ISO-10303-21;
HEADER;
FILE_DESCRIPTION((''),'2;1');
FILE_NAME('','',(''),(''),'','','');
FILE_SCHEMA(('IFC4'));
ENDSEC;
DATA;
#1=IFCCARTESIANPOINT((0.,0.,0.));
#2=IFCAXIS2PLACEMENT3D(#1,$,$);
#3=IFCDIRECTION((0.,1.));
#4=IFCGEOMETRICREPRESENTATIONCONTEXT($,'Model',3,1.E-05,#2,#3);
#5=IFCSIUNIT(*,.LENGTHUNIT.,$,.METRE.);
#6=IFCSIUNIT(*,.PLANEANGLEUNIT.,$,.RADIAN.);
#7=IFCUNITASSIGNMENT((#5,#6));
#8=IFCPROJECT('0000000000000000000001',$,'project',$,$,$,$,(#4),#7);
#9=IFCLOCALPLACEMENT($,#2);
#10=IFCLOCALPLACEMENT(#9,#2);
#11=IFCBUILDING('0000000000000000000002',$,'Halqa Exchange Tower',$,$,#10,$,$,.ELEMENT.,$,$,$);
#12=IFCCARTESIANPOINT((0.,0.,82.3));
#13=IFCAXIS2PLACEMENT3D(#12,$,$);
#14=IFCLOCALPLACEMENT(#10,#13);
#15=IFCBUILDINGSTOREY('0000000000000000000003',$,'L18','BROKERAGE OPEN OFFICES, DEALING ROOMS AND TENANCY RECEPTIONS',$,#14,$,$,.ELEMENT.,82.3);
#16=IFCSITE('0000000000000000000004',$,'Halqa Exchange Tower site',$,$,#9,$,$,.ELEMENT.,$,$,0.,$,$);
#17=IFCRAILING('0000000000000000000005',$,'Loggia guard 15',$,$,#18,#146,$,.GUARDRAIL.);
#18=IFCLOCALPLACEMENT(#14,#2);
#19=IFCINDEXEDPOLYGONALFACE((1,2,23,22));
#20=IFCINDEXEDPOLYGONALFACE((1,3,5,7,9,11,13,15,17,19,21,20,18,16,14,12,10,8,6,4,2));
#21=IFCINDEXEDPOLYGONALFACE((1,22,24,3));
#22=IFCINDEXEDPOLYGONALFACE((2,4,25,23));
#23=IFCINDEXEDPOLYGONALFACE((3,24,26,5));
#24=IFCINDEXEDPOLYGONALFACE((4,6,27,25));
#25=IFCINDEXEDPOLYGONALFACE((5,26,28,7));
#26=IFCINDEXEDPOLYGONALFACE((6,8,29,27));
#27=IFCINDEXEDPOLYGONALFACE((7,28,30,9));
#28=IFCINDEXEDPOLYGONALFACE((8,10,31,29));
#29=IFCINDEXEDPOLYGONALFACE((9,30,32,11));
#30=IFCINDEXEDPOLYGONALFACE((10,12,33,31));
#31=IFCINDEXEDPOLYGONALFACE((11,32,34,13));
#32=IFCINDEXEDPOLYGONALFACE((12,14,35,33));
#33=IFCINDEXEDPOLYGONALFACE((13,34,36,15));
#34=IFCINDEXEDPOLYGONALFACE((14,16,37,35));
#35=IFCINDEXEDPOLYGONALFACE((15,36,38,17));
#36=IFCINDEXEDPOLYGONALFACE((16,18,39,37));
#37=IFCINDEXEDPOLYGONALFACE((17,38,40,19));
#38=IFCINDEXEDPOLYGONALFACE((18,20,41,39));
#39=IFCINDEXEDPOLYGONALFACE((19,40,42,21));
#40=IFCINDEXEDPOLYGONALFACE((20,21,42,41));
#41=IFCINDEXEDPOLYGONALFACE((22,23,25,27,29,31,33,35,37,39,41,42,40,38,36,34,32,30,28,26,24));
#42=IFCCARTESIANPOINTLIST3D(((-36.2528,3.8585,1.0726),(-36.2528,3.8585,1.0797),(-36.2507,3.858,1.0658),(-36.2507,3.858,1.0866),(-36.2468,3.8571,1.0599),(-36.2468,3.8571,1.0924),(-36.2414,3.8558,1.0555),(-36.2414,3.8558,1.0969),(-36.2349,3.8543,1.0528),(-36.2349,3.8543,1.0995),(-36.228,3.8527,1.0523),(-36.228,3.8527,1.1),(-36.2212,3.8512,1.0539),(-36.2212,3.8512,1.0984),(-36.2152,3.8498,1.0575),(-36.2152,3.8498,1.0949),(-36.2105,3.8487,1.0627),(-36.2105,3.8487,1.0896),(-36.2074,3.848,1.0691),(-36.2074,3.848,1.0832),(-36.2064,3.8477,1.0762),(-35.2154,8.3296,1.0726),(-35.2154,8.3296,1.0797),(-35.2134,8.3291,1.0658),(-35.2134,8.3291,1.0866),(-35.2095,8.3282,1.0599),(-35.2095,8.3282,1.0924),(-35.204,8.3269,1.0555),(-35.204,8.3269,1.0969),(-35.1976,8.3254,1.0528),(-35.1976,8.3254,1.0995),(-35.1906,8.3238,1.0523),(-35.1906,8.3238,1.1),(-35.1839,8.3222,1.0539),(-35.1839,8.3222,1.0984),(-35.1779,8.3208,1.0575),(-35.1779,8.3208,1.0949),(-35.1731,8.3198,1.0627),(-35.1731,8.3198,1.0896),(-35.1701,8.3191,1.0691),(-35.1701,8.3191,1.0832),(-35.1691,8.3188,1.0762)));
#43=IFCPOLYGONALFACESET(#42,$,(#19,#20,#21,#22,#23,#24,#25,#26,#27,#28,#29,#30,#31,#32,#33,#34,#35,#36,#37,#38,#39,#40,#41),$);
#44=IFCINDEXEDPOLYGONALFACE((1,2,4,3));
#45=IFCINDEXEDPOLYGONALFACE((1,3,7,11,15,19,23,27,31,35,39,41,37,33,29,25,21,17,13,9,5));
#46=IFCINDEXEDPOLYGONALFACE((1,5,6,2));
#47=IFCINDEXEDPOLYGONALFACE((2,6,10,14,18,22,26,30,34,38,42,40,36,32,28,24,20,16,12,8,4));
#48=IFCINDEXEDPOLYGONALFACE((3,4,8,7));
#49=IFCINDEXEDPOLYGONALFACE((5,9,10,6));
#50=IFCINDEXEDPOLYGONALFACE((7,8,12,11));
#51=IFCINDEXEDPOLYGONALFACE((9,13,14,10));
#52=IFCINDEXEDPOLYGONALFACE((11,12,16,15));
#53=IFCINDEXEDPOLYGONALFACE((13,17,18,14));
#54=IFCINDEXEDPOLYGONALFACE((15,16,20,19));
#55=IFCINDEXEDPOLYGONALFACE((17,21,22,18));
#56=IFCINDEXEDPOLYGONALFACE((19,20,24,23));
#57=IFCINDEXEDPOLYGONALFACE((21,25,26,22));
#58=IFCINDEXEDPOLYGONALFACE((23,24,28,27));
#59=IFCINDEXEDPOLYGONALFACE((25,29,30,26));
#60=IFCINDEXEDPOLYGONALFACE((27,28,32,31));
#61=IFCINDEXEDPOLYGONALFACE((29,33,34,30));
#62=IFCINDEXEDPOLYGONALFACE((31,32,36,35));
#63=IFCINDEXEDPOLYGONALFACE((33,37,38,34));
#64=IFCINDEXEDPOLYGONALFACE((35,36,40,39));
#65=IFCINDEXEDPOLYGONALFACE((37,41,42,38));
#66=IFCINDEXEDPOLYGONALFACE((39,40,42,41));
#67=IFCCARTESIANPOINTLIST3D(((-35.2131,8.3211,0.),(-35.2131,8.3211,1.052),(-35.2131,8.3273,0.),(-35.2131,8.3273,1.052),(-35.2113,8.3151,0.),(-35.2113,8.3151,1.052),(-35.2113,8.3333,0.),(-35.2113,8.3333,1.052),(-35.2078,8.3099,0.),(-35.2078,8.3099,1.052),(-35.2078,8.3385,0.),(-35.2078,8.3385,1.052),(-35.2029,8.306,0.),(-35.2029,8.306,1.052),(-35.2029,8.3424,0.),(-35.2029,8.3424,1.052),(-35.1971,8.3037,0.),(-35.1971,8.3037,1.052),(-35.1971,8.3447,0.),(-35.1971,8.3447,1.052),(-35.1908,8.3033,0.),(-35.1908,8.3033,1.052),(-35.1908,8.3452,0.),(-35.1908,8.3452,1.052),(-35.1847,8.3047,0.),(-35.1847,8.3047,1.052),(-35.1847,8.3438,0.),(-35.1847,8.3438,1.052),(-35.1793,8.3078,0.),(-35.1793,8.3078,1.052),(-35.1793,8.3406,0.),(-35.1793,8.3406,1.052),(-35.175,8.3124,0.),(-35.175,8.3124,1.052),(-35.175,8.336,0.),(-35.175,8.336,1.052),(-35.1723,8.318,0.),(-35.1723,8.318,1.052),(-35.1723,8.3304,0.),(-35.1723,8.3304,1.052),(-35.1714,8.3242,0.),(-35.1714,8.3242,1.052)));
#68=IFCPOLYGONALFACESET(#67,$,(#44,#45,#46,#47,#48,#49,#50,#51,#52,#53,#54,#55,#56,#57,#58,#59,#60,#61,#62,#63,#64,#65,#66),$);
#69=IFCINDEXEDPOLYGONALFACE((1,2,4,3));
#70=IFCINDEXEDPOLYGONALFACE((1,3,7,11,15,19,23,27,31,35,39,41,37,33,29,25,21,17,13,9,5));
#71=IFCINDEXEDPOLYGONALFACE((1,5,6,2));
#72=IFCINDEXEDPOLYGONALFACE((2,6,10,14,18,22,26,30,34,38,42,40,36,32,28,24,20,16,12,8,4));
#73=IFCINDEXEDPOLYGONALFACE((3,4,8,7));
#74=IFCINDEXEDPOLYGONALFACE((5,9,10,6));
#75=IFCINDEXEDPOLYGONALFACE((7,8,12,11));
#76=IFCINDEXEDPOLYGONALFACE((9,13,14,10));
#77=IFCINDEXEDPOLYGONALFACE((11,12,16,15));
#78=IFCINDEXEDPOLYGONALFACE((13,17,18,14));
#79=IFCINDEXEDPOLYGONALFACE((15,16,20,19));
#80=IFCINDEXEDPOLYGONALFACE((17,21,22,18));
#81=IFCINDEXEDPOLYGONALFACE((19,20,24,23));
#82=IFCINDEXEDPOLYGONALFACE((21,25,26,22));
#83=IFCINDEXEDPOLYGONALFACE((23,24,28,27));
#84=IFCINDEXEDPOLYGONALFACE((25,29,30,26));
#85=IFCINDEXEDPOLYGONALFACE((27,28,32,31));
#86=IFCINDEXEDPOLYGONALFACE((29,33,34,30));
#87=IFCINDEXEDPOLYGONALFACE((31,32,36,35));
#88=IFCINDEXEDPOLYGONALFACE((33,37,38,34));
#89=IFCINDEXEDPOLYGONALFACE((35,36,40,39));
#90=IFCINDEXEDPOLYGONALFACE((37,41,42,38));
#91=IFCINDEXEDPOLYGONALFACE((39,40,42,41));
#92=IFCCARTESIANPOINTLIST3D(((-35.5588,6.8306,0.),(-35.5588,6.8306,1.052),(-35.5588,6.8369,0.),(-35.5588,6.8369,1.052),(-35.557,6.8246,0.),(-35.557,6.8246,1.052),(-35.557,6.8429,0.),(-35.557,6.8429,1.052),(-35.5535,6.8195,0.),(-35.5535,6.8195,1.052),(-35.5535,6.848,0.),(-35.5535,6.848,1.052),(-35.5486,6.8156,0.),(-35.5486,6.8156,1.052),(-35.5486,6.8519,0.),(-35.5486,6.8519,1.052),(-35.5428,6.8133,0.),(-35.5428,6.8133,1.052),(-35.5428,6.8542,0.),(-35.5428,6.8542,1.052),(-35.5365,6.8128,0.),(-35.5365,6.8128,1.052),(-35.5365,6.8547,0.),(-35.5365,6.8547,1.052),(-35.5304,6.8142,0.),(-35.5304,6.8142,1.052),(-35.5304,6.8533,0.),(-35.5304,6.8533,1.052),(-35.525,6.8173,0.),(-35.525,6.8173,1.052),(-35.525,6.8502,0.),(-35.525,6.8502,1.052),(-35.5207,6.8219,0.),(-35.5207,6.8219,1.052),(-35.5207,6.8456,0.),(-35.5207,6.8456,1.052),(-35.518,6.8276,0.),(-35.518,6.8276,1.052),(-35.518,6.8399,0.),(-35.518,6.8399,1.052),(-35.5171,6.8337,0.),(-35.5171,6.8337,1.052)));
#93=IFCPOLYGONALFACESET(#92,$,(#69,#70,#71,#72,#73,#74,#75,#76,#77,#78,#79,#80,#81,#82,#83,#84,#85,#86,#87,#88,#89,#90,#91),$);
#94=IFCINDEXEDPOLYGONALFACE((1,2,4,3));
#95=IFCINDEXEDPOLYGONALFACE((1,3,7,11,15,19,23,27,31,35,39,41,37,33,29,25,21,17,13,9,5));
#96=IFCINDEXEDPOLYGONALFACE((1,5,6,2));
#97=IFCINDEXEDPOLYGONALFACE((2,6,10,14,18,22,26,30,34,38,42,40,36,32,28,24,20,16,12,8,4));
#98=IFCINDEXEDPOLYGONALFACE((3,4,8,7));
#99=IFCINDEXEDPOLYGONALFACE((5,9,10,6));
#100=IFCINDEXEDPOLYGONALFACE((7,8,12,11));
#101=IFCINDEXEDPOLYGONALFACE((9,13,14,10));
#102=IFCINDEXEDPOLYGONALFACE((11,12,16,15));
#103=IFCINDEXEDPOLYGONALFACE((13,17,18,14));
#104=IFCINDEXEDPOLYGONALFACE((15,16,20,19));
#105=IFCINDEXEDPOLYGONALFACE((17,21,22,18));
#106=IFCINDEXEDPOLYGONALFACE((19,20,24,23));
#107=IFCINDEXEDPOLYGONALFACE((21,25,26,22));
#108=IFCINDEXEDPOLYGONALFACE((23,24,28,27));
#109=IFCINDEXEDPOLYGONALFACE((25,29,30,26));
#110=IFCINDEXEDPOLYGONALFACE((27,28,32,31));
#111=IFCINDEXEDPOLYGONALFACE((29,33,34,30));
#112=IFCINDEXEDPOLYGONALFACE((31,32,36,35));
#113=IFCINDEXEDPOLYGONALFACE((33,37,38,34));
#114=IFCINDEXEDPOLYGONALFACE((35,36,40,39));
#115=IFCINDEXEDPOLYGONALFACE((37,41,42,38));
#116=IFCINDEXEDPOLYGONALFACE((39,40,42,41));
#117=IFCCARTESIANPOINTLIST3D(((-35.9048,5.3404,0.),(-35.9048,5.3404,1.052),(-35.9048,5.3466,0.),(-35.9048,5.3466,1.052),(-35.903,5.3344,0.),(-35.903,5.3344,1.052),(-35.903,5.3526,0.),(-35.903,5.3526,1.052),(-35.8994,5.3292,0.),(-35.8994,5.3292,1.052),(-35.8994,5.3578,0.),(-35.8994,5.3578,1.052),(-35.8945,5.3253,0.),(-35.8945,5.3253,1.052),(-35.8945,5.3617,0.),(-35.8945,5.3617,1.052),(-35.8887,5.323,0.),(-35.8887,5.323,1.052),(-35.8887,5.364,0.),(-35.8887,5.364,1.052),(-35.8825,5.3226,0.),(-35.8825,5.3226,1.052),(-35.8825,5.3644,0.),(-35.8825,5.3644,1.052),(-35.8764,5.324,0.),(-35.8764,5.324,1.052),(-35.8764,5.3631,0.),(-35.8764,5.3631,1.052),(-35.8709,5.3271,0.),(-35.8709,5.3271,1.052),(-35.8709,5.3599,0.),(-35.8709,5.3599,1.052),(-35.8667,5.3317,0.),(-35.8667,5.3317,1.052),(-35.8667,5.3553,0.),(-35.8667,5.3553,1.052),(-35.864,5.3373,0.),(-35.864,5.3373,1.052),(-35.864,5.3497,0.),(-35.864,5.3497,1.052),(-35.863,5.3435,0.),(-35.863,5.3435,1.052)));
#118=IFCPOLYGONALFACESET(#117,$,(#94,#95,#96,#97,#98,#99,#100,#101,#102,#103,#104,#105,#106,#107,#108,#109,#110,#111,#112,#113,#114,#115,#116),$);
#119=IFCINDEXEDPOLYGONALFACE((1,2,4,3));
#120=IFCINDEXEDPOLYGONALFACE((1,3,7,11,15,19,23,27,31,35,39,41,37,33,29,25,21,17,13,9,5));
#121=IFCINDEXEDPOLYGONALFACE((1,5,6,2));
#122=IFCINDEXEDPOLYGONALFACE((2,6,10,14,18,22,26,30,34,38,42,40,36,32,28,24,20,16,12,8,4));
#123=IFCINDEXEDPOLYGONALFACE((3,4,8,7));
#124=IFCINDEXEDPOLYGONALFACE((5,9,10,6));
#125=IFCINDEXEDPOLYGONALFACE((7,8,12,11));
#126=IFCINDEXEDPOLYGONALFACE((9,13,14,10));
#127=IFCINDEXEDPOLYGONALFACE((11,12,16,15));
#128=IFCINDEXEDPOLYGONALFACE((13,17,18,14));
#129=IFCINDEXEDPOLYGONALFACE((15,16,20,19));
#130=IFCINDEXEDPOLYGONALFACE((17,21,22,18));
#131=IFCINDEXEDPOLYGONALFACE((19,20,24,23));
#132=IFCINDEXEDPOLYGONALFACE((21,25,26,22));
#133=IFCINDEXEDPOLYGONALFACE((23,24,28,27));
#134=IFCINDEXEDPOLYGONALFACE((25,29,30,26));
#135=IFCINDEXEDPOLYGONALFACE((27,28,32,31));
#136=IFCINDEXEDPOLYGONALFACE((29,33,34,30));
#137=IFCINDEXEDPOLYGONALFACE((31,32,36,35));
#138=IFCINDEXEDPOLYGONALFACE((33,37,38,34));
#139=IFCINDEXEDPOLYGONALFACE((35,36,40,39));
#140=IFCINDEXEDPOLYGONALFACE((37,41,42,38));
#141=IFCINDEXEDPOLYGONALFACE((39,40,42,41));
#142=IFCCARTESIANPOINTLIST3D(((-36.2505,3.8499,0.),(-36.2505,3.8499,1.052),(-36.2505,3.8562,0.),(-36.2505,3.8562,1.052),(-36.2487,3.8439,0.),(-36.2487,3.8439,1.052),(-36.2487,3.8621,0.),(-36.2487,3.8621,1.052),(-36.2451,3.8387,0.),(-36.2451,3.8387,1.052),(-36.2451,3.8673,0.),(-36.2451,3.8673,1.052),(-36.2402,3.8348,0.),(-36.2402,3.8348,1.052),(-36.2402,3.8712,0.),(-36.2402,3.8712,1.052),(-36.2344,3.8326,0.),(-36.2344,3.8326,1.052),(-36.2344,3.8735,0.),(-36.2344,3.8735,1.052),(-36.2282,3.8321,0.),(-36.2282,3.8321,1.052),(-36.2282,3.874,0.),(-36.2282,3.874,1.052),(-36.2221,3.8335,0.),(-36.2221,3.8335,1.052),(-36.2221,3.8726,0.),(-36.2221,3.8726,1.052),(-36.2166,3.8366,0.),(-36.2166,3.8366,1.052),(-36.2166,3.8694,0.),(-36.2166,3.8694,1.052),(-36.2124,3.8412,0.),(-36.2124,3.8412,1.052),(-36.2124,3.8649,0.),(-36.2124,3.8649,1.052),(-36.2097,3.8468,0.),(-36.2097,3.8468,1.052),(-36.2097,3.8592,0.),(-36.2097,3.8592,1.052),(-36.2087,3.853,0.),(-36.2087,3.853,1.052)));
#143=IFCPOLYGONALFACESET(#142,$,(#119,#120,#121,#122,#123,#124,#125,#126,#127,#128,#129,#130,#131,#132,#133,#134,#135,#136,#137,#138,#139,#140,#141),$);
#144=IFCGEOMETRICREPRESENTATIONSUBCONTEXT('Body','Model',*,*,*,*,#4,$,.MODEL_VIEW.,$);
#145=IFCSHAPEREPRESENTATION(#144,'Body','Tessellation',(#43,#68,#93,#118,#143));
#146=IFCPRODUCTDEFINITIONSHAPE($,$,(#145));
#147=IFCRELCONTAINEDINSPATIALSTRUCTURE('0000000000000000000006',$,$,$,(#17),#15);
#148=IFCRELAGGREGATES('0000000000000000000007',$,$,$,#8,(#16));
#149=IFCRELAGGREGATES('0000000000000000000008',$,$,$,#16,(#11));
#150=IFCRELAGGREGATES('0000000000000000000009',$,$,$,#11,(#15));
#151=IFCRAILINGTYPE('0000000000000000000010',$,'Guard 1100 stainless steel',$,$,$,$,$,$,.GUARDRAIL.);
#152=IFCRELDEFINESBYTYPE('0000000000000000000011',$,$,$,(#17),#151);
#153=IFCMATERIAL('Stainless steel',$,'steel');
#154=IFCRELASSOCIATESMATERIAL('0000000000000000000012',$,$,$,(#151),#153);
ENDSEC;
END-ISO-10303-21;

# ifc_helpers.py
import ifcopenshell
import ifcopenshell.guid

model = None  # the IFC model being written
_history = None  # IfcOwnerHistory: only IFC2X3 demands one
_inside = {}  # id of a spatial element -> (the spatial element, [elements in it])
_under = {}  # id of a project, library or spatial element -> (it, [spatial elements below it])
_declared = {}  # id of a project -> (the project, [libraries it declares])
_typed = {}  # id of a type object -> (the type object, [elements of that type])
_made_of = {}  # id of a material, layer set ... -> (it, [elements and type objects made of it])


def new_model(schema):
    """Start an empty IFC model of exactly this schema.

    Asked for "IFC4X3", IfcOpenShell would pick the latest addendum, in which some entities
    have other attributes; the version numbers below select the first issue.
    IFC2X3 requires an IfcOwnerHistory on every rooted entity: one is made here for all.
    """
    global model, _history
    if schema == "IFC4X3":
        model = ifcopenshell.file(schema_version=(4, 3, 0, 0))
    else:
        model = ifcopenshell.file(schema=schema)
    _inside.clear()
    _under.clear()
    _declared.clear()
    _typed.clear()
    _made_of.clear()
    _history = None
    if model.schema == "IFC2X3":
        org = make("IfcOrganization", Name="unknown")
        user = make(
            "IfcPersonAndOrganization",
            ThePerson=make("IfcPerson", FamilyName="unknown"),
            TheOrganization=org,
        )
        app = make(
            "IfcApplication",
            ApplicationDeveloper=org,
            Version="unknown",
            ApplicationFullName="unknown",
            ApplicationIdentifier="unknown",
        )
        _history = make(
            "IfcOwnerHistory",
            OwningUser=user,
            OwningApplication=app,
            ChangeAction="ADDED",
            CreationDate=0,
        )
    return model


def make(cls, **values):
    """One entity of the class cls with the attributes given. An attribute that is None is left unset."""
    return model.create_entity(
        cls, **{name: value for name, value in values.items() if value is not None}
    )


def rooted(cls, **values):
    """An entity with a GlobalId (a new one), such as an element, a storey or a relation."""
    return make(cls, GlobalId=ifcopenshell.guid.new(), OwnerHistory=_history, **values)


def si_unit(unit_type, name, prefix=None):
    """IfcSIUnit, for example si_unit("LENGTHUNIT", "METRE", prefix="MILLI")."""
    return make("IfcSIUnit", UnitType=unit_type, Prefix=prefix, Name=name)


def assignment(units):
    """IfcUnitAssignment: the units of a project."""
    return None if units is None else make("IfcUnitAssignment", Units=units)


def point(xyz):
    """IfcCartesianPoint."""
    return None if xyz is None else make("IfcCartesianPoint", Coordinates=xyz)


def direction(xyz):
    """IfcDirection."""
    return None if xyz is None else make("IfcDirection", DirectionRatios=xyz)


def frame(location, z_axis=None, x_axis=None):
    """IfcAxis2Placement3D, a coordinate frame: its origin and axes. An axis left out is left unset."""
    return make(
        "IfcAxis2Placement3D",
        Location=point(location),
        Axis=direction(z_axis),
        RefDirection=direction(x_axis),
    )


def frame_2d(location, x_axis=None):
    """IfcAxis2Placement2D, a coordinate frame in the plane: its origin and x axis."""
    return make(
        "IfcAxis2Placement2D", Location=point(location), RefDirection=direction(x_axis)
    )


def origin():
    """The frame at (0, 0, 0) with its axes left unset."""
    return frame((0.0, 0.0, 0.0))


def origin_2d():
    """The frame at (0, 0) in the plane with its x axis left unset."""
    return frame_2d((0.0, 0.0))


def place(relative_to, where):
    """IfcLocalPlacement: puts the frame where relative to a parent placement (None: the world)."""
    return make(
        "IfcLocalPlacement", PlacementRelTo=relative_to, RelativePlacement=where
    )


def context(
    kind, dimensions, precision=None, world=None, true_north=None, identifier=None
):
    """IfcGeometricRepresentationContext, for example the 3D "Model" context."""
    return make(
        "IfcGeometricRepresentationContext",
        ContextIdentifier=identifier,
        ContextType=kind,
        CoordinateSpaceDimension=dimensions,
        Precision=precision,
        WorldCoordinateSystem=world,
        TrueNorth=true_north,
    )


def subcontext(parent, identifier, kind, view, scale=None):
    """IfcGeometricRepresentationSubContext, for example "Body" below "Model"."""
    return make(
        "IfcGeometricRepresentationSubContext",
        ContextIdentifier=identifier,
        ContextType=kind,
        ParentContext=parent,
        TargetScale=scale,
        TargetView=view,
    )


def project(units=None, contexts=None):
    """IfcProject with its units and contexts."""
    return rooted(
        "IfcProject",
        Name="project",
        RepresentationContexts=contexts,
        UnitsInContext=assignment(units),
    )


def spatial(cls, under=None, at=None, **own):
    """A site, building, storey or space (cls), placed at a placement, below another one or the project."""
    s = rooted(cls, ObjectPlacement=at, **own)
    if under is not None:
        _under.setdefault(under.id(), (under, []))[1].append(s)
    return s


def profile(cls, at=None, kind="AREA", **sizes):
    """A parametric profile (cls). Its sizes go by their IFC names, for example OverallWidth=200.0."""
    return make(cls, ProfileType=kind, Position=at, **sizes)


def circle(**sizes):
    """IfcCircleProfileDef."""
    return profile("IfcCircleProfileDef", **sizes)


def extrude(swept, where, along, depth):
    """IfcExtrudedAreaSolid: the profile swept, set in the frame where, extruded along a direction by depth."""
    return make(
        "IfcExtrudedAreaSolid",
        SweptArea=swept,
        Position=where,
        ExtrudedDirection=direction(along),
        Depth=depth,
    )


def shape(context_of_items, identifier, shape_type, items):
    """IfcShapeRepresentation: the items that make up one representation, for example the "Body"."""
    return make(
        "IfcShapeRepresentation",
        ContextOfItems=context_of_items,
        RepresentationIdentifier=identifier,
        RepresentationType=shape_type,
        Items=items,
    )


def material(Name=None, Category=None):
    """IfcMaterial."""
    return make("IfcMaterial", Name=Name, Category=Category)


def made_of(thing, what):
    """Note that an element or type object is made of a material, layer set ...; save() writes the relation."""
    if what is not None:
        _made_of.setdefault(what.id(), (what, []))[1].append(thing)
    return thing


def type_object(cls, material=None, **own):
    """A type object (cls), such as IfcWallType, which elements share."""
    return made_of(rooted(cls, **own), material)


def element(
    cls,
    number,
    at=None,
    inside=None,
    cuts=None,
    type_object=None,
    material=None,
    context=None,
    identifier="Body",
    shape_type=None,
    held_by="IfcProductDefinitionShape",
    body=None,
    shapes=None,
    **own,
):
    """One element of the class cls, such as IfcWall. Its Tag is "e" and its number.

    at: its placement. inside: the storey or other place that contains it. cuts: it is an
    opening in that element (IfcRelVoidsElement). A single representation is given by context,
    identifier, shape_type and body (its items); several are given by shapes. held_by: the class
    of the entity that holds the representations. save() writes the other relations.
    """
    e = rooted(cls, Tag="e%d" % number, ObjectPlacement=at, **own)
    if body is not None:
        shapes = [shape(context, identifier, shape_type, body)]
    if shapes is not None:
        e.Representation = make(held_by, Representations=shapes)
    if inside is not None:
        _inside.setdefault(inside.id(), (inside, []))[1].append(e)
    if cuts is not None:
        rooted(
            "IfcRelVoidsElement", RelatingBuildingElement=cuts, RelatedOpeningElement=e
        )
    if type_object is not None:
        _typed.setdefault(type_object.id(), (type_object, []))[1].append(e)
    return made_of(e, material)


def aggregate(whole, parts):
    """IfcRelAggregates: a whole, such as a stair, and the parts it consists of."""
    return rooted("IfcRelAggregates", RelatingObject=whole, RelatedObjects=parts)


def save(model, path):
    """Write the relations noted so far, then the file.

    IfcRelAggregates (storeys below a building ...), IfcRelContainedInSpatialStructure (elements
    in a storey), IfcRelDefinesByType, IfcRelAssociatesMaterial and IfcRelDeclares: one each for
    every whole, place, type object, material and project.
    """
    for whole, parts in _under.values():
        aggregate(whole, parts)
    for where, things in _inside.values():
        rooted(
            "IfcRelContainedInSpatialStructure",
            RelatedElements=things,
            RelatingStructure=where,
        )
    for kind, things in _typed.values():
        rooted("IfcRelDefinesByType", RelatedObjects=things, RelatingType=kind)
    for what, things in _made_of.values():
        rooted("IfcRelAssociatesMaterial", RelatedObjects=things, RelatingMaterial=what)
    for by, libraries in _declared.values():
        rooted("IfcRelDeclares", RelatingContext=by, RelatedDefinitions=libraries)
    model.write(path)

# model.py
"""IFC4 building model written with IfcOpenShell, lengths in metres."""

from ifc_helpers import new_model, si_unit, direction, frame, origin, origin_2d, place, context, subcontext, project, spatial, circle, extrude, material, type_object, element, save


model = new_model("IFC4")

# Units and contexts
model_context = context("Model", 3, precision=1e-05, world=origin(), true_north=direction((0.0, 1.0)))
body_context = subcontext(model_context, "Body", "Model", "MODEL_VIEW")
ifc_project = project(units=[si_unit("LENGTHUNIT", "METRE"), si_unit("PLANEANGLEUNIT", "RADIAN")], contexts=[model_context])

# Site, building, storey
site_placement = place(None, origin())
site = spatial("IfcSite", under=ifc_project, at=site_placement, Name="Halqa Exchange Tower site", CompositionType="ELEMENT", RefElevation=0.0)
building_placement = place(site_placement, origin())
building = spatial("IfcBuilding", under=site, at=building_placement, Name="Halqa Exchange Tower", CompositionType="ELEMENT")
storey_placement = place(building_placement, frame((0.0, 0.0, 82.3)))
storey = spatial("IfcBuildingStorey", under=building, at=storey_placement, Name="L18", Description="BROKERAGE OPEN OFFICES, DEALING ROOMS AND TENANCY RECEPTIONS", CompositionType="ELEMENT", Elevation=82.3)

# Railing
ifc_material_1 = material(Name="Stainless steel", Category="steel")
railing_type = type_object("IfcRailingType", Name="Guard 1100 stainless steel", PredefinedType="GUARDRAIL", material=ifc_material_1)
railing_1_placement = place(storey_placement, frame((-35.1924, 8.3242, 0.0)))
element("IfcRailing", 1, at=railing_1_placement, inside=storey, type_object=railing_type, Name="Loggia guard 15", PredefinedType="GUARDRAIL", context=body_context, shape_type="SweptSolid", body=[
    extrude(circle(Radius=0.0239, at=origin_2d()), frame((0.0, 0.0, 1.0762), z_axis=(-0.226005, -0.974126, 0.0), x_axis=(0.974126, -0.226005, 0.0)), (0.0, 0.0, 1.0), 4.5898),
    extrude(circle(Radius=0.021, at=origin_2d()), origin(), (0.0, 0.0, 1.0), 1.052),
    extrude(circle(Radius=0.021, at=origin_2d()), frame((-0.3457, -1.4905, 0.0)), (0.0, 0.0, 1.0), 1.052),
    extrude(circle(Radius=0.021, at=origin_2d()), frame((-0.6917, -2.9807, 0.0)), (0.0, 0.0, 1.0), 1.052),
    extrude(circle(Radius=0.021, at=origin_2d()), frame((-1.0374, -4.4712, 0.0)), (0.0, 0.0, 1.0), 1.052),
])

save(model, "model.ifc")
